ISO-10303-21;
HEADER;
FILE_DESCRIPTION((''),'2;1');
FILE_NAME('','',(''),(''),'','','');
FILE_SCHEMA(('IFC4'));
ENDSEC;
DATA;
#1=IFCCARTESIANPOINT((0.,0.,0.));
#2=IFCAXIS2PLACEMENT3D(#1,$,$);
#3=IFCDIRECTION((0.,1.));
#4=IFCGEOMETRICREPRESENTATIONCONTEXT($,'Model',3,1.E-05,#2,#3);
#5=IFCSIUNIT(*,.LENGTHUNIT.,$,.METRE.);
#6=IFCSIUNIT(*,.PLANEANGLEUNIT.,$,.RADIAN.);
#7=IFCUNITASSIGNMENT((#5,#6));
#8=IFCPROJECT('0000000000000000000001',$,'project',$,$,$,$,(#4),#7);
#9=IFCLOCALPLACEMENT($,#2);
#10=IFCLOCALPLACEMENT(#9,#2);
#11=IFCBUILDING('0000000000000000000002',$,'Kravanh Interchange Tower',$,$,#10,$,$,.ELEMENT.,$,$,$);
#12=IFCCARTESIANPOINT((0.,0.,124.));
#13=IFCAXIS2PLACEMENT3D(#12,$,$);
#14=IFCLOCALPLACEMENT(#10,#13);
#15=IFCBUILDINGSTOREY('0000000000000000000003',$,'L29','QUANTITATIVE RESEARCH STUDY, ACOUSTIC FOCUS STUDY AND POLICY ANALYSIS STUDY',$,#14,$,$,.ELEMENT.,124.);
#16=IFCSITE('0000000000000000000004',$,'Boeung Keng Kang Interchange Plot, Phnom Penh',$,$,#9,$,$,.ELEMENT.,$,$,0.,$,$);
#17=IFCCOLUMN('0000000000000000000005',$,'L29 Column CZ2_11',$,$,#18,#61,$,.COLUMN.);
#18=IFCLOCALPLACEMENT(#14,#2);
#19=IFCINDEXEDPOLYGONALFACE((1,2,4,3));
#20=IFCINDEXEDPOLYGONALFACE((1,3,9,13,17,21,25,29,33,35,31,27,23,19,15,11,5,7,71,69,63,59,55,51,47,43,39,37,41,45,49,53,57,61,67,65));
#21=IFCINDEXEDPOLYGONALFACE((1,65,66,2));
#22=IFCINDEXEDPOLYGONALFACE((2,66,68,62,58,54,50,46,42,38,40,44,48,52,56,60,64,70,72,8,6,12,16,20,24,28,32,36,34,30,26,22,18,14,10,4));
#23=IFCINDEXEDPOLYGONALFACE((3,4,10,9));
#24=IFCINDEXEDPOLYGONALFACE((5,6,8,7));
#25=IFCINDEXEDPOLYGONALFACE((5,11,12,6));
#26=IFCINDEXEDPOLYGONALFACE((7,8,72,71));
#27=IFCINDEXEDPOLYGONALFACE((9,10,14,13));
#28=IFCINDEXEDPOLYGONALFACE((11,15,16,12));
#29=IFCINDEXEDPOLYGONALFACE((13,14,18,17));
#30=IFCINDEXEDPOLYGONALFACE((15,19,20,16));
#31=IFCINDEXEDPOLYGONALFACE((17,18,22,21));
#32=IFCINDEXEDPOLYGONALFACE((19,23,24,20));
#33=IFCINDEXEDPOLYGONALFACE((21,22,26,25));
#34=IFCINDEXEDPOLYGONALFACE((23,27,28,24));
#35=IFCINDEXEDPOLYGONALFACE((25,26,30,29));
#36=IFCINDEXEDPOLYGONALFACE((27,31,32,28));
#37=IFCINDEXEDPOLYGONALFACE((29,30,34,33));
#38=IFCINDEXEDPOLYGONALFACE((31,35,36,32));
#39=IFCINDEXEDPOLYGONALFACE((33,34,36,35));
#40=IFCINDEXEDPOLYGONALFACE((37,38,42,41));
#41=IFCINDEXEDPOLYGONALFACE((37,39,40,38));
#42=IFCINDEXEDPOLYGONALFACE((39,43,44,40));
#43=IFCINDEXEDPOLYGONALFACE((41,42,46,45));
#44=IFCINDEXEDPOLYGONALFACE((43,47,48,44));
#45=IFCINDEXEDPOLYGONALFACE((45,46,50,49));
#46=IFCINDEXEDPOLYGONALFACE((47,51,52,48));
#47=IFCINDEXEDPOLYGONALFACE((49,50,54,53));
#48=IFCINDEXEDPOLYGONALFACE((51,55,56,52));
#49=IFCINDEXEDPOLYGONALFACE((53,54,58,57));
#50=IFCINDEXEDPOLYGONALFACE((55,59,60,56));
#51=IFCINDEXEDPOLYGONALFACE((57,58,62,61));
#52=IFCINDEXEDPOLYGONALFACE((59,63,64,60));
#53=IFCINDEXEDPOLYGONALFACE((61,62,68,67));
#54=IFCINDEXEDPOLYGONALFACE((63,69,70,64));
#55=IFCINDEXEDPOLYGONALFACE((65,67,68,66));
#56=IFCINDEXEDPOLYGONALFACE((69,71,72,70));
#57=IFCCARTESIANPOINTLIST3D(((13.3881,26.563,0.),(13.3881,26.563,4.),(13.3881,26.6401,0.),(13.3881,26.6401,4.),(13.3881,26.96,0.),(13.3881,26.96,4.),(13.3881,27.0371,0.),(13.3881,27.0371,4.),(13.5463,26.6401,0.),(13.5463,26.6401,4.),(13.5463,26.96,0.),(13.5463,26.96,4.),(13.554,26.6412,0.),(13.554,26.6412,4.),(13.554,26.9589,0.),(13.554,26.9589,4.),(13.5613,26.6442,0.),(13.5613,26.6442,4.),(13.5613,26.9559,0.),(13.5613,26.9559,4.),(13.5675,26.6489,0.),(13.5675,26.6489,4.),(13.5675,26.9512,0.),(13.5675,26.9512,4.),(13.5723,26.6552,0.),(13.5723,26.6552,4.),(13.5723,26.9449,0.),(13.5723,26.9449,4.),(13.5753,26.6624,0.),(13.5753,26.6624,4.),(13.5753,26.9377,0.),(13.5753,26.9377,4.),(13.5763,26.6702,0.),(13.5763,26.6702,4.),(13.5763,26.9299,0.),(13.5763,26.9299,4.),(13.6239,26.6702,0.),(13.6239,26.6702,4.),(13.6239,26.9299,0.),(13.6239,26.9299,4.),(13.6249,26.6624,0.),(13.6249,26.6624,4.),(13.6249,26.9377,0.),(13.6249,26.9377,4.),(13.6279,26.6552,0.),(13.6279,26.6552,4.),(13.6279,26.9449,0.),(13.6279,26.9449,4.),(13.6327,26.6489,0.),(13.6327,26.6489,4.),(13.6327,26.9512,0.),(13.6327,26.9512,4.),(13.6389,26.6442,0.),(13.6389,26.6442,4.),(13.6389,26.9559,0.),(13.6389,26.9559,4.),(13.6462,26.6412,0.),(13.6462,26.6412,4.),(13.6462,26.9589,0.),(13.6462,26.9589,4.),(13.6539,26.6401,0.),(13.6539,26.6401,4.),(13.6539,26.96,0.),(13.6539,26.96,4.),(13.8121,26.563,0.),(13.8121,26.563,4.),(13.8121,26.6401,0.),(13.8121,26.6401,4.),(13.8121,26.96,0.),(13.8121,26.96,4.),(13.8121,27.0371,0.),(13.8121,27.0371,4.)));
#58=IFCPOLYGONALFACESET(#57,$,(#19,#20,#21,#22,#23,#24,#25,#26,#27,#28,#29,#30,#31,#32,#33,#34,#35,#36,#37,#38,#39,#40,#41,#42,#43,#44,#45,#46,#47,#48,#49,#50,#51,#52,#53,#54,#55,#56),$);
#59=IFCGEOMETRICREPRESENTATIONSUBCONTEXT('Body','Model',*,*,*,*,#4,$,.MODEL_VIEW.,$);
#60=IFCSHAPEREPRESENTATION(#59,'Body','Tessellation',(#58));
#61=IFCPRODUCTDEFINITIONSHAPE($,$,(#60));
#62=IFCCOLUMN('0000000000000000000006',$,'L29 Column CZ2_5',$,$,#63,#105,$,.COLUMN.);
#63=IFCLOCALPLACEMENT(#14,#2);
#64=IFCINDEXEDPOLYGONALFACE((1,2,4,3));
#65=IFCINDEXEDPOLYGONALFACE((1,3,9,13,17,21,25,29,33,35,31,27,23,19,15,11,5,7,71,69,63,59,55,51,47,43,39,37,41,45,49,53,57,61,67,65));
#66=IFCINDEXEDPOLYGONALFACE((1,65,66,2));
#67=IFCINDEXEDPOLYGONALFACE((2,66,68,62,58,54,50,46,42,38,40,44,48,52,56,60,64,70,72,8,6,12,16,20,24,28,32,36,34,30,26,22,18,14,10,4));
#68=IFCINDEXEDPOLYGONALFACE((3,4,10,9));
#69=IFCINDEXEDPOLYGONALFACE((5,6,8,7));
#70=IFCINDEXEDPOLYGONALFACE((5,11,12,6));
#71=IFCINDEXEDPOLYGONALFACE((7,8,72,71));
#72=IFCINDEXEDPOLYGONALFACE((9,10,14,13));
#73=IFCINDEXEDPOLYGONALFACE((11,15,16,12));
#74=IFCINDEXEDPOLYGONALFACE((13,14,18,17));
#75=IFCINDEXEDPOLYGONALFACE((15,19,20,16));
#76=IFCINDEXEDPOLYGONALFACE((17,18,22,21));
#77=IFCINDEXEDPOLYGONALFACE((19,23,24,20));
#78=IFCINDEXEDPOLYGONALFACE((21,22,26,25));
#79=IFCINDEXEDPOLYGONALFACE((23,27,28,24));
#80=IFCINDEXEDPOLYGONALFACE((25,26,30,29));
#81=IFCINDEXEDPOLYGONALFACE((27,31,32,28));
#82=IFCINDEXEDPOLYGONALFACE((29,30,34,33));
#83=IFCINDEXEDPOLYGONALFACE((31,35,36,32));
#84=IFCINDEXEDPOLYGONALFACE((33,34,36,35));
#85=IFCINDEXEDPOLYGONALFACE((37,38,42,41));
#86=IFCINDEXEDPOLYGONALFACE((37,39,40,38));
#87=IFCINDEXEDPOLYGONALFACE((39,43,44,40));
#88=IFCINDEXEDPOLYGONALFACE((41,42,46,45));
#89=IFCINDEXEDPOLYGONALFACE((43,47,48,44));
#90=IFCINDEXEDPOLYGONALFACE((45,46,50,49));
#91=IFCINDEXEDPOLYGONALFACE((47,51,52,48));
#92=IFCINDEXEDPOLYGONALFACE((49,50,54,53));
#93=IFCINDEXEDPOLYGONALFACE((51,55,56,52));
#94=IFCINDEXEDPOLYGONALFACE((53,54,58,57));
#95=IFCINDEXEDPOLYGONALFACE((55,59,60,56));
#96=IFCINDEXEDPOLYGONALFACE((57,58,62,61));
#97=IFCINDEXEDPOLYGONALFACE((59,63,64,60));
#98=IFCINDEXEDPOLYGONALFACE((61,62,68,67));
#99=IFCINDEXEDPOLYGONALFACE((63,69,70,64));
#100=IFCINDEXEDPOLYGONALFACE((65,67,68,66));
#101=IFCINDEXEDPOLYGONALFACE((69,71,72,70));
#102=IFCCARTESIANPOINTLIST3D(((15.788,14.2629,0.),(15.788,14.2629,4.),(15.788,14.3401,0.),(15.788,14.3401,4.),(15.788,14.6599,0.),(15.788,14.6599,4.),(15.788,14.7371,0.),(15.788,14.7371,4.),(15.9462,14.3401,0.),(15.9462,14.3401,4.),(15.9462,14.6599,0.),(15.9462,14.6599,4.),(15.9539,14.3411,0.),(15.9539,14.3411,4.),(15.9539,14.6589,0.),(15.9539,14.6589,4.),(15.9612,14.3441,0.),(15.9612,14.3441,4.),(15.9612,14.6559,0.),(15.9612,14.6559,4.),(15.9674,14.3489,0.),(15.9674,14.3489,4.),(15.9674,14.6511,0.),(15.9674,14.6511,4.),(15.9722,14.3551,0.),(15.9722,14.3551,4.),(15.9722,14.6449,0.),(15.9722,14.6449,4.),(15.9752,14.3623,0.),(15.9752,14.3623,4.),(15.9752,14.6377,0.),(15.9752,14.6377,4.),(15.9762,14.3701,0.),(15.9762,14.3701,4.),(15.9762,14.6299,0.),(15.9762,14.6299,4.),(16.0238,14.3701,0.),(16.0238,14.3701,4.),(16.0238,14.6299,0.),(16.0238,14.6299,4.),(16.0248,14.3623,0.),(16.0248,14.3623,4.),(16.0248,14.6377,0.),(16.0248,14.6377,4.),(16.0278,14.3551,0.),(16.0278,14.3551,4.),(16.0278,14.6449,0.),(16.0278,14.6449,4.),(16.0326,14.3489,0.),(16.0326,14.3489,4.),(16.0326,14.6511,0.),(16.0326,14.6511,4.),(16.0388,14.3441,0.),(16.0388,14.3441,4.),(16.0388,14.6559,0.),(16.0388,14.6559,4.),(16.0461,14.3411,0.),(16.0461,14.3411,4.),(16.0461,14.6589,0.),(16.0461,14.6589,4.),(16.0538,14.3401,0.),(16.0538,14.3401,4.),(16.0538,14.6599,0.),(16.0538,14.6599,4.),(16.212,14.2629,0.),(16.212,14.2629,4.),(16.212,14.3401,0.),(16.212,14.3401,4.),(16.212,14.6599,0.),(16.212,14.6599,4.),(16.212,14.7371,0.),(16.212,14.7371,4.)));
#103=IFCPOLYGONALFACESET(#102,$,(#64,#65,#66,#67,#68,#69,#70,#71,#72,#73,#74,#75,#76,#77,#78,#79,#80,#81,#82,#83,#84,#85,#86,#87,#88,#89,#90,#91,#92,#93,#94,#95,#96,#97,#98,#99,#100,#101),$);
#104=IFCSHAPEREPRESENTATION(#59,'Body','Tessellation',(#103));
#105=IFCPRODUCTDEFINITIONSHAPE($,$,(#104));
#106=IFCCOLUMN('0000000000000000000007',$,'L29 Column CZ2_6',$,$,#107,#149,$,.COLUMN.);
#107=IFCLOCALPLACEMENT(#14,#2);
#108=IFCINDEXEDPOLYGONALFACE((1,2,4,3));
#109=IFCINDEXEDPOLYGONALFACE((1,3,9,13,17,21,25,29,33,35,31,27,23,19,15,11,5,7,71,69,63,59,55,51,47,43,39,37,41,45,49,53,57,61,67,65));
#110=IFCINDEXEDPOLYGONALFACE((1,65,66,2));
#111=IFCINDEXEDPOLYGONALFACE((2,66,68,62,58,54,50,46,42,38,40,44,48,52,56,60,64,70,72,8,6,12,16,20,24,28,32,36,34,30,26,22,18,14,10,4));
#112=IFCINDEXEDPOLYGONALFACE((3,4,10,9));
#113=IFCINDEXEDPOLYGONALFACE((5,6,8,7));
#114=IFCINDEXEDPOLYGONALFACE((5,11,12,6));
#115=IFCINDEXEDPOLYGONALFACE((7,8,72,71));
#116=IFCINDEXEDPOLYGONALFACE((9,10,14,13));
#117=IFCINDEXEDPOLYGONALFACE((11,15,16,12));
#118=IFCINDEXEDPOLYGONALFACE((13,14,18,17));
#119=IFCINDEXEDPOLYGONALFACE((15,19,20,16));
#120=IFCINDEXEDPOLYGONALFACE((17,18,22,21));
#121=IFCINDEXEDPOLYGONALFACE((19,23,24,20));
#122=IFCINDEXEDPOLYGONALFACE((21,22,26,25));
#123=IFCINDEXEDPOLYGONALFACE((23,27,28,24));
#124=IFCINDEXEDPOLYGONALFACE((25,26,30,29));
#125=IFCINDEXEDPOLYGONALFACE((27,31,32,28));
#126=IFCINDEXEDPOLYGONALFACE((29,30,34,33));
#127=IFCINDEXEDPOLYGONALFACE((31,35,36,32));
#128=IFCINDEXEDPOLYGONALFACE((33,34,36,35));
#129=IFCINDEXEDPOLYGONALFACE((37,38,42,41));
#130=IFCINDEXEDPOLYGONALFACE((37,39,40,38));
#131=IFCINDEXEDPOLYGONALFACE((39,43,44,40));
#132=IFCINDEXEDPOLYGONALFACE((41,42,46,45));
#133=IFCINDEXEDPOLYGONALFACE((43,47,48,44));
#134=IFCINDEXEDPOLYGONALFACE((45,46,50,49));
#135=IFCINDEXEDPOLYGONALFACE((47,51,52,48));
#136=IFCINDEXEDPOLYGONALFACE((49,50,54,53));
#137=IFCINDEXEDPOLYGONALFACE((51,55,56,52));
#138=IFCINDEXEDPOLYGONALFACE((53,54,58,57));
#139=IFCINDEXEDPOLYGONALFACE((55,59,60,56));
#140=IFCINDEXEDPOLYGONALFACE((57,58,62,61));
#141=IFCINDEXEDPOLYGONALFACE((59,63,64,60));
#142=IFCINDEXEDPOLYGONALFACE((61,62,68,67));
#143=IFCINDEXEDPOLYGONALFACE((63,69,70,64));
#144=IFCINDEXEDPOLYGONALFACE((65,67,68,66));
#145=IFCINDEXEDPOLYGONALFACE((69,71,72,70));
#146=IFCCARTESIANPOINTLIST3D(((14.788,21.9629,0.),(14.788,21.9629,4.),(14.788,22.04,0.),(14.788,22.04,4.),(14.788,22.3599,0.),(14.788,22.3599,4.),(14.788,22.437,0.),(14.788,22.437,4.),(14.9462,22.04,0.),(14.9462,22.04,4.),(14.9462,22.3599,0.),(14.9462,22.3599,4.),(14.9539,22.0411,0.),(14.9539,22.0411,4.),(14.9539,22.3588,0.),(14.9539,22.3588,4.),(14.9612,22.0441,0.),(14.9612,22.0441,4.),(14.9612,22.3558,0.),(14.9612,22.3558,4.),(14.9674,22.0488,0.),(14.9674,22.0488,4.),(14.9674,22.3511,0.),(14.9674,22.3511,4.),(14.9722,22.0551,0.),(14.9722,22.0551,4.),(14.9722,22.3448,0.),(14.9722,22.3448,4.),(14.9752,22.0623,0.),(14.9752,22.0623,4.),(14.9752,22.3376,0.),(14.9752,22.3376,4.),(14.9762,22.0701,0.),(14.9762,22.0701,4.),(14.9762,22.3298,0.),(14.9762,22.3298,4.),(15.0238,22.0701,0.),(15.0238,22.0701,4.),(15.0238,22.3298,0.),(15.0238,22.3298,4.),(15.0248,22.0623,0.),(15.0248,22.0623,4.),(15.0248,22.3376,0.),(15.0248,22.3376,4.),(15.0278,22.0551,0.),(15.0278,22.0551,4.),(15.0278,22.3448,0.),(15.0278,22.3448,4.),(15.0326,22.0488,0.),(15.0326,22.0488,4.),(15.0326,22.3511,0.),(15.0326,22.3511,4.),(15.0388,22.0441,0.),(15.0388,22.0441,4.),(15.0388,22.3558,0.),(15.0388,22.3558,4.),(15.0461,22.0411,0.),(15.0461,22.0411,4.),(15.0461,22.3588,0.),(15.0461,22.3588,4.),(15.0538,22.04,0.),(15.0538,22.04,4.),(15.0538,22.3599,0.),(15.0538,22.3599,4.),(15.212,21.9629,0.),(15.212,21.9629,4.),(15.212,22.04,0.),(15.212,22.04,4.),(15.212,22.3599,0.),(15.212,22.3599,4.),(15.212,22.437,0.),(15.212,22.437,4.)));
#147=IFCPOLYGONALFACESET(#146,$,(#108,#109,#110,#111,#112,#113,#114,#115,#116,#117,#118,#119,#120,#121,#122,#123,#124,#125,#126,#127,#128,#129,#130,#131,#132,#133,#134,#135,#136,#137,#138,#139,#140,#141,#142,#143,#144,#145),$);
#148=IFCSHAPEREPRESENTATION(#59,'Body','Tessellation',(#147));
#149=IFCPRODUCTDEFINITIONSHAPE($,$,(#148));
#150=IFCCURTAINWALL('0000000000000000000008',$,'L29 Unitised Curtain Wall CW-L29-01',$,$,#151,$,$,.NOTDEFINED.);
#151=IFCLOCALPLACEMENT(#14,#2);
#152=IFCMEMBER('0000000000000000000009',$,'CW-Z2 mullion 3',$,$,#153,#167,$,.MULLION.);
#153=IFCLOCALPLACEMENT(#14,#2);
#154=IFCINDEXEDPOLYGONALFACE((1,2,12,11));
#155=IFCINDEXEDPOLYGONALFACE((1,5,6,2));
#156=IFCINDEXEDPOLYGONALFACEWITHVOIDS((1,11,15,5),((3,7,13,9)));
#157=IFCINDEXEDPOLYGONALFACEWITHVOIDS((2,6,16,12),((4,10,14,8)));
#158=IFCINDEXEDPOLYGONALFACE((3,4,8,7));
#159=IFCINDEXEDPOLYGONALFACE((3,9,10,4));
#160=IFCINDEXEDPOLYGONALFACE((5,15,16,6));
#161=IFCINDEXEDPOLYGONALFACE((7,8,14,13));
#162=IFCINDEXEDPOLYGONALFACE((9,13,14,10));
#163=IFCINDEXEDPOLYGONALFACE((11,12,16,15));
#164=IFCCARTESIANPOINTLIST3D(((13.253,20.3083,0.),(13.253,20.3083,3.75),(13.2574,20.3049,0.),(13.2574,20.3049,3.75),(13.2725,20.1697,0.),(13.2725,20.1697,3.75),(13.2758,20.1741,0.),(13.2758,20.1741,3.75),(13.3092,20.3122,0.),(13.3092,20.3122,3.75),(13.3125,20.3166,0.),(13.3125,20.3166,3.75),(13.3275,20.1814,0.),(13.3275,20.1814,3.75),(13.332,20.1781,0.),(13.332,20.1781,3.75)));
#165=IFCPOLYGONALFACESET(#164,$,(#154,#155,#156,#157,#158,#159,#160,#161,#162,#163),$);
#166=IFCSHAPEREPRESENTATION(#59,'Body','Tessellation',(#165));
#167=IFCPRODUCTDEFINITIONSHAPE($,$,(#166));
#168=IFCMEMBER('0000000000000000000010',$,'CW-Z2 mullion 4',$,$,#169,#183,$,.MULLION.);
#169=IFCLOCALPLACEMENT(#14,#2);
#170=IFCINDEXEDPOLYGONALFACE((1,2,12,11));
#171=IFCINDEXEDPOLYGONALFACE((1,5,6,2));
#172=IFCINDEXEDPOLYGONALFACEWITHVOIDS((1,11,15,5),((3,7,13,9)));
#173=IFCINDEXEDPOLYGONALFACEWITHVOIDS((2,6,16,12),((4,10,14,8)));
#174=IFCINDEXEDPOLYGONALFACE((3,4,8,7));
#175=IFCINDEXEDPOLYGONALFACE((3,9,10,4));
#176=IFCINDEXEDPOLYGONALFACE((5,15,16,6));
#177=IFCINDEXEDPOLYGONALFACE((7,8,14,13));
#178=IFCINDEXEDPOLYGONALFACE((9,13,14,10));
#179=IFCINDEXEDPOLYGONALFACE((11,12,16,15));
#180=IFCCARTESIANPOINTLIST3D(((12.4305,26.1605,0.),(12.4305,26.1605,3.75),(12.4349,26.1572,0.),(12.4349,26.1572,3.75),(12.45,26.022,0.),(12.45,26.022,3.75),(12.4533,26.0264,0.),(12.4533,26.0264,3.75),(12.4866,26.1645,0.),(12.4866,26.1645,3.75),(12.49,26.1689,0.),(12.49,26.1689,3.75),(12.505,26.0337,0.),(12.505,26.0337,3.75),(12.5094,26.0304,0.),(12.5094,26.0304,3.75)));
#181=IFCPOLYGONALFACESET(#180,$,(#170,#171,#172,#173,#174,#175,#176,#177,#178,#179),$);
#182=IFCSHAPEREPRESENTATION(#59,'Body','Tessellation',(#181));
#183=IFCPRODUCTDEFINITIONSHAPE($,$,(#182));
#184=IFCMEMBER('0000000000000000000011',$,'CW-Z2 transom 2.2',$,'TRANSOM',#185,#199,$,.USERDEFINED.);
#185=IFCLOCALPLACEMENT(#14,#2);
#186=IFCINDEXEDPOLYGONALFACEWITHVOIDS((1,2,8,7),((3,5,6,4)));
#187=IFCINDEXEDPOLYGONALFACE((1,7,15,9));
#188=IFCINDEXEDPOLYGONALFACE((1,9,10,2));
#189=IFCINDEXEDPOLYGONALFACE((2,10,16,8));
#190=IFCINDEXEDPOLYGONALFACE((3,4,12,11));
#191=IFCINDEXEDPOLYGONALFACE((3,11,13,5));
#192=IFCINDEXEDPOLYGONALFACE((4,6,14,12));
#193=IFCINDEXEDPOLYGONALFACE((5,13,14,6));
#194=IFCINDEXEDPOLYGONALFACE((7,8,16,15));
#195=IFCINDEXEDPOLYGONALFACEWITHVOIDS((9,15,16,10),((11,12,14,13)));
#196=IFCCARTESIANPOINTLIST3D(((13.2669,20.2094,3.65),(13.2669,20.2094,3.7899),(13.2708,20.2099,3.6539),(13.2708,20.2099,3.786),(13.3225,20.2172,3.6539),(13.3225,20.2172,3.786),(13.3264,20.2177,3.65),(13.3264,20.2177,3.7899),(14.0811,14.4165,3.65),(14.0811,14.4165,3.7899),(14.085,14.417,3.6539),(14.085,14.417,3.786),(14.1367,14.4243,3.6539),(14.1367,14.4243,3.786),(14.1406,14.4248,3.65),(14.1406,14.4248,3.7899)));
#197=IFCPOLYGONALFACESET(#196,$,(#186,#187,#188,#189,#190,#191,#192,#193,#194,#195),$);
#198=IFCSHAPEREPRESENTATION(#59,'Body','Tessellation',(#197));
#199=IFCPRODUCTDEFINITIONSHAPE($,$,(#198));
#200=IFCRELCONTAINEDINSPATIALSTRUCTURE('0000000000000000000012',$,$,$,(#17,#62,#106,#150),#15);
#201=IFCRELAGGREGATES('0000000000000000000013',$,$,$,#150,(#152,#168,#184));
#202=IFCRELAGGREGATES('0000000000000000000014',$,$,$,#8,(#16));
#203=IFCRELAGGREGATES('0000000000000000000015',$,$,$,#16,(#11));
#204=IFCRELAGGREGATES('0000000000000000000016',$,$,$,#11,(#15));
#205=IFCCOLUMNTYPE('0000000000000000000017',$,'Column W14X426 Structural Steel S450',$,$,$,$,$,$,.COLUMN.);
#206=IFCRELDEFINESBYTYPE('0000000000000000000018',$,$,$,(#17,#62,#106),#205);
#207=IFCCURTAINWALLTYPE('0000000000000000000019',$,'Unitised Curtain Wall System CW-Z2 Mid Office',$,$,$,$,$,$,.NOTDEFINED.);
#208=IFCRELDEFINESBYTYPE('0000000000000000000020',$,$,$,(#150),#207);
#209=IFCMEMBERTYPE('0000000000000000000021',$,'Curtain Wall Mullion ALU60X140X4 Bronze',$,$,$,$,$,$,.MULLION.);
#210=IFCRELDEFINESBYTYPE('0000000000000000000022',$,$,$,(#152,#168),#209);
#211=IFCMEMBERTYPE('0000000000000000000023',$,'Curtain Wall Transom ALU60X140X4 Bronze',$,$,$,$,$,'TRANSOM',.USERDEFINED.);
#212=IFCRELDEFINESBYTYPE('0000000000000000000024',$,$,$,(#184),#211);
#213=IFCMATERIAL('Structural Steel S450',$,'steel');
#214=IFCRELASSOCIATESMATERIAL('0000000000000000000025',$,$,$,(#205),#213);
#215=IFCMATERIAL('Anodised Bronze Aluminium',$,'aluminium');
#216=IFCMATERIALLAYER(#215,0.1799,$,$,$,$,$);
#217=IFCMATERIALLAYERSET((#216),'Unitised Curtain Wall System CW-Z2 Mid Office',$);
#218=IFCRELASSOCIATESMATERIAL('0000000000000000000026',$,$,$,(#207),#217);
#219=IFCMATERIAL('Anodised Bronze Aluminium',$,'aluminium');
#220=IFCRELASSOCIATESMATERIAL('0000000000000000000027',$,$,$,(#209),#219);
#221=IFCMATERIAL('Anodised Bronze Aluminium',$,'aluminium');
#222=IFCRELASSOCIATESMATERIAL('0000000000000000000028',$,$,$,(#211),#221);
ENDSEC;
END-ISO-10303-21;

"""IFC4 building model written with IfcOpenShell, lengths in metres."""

from ifc_helpers import new_model, si_unit, direction, frame, origin, origin_2d, place, context, subcontext, project, spatial, hollow_rectangle, i_section, extrude, material, layer, layer_set, material_profile, profile_set, type_object, element, aggregate, save


model = new_model("IFC4")

# Units and contexts
model_context = context("Model", 3, precision=1e-05, world=origin(), true_north=direction((0.0, 1.0)))
body_context = subcontext(model_context, "Body", "Model", "MODEL_VIEW")
ifc_project = project(units=[si_unit("LENGTHUNIT", "METRE"), si_unit("PLANEANGLEUNIT", "RADIAN")], contexts=[model_context])

# Site, building, storey
site_placement = place(None, origin())
site = spatial("IfcSite", under=ifc_project, at=site_placement, Name="Boeung Keng Kang Interchange Plot, Phnom Penh", CompositionType="ELEMENT", RefElevation=0.0)
building_placement = place(site_placement, origin())
building = spatial("IfcBuilding", under=site, at=building_placement, Name="Kravanh Interchange Tower", CompositionType="ELEMENT")
storey_placement = place(building_placement, frame((0.0, 0.0, 124.0)))
storey = spatial("IfcBuildingStorey", under=building, at=storey_placement, Name="L29", Description="QUANTITATIVE RESEARCH STUDY, ACOUSTIC FOCUS STUDY AND POLICY ANALYSIS STUDY", CompositionType="ELEMENT", Elevation=124.0)

# Columns
ifc_material_1 = material(Name="Structural Steel S450", Category="steel")
ifc_material_profile_1 = material_profile(ifc_material_1, i_section(OverallWidth=0.4241, OverallDepth=0.4741, WebThickness=0.0476, FlangeThickness=0.0771, FilletRadius=0.03, at=origin_2d()), Name="W14X426")
ifc_profile_set_1 = profile_set([ifc_material_profile_1], Name="Structural Steel S450")
column_type = type_object("IfcColumnType", Name="Column W14X426 Structural Steel S450", PredefinedType="COLUMN", material=ifc_profile_set_1)
for number, where, z_axis, x_axis, name in (
    (1, (13.6001, 26.8, 0.0), (0.0, 0.0, 1.0), (1.0, 0.0, 0.0), "L29 Column CZ2_11"),
    (2, (16.0, 14.5, 0.0), (0.0, 0.0, 1.0), (1.0, 0.0, 0.0), "L29 Column CZ2_5"),
    (3, (15.0, 22.2, 0.0), (0.0, 0.0, 1.0), (1.0, 0.0, 0.0), "L29 Column CZ2_6"),
):
    element("IfcColumn", number, at=place(storey_placement, frame(where, z_axis=z_axis, x_axis=x_axis)), inside=storey, type_object=column_type, Name=name, PredefinedType="COLUMN", context=body_context, shape_type="SweptSolid", body=[
        extrude(i_section(OverallWidth=0.4241, OverallDepth=0.4741, WebThickness=0.0476, FlangeThickness=0.0771, FilletRadius=0.03, at=origin_2d()), origin(), (0.0, 0.0, 1.0), 4.0),
    ])

# Curtain wall, members
ifc_material_2 = material(Name="Anodised Bronze Aluminium", Category="aluminium")
ifc_layer_1 = layer(ifc_material_2, 0.1799)
ifc_layer_set_1 = layer_set([ifc_layer_1], Name="Unitised Curtain Wall System CW-Z2 Mid Office")
curtain_wall_type = type_object("IfcCurtainWallType", Name="Unitised Curtain Wall System CW-Z2 Mid Office", PredefinedType="NOTDEFINED", material=ifc_layer_set_1)
curtain_wall_placement = place(storey_placement, origin())
curtain_wall = element("IfcCurtainWall", 4, at=curtain_wall_placement, inside=storey, type_object=curtain_wall_type, Name="L29 Unitised Curtain Wall CW-L29-01", PredefinedType="NOTDEFINED")
ifc_material_3 = material(Name="Anodised Bronze Aluminium", Category="aluminium")
ifc_material_profile_2 = material_profile(ifc_material_3, hollow_rectangle(XDim=0.0601, YDim=0.1399, WallThickness=0.0039, at=origin_2d()), Name="ALU60X140X4")
ifc_profile_set_2 = profile_set([ifc_material_profile_2], Name="Anodised Bronze Aluminium")
member_type_1 = type_object("IfcMemberType", Name="Curtain Wall Mullion ALU60X140X4 Bronze", PredefinedType="MULLION", material=ifc_profile_set_2)
member_1_placement = place(storey_placement, frame((13.2925, 20.2432, 0.0), z_axis=(0.0, 0.0, 1.0), x_axis=(-0.990268, -0.139173, 0.0)))
member_1 = element("IfcMember", 5, at=member_1_placement, type_object=member_type_1, Name="CW-Z2 mullion 3", PredefinedType="MULLION", context=body_context, shape_type="SweptSolid", body=[
    extrude(hollow_rectangle(XDim=0.0601, YDim=0.1399, WallThickness=0.0039, at=origin_2d()), origin(), (0.0, 0.0, 1.0), 3.75),
])
member_2_placement = place(storey_placement, frame((12.47, 26.0955, 0.0), z_axis=(0.0, 0.0, 1.0), x_axis=(-0.990268, -0.139173, 0.0)))
member_2 = element("IfcMember", 6, at=member_2_placement, type_object=member_type_1, Name="CW-Z2 mullion 4", PredefinedType="MULLION", context=body_context, shape_type="SweptSolid", body=[
    extrude(hollow_rectangle(XDim=0.0601, YDim=0.1399, WallThickness=0.0039, at=origin_2d()), origin(), (0.0, 0.0, 1.0), 3.75),
])
ifc_material_4 = material(Name="Anodised Bronze Aluminium", Category="aluminium")
ifc_material_profile_3 = material_profile(ifc_material_4, hollow_rectangle(XDim=0.0601, YDim=0.1399, WallThickness=0.0039, at=origin_2d()), Name="ALU60X140X4")
ifc_profile_set_3 = profile_set([ifc_material_profile_3], Name="Anodised Bronze Aluminium")
member_type_2 = type_object("IfcMemberType", Name="Curtain Wall Transom ALU60X140X4 Bronze", ElementType="TRANSOM", PredefinedType="USERDEFINED", material=ifc_profile_set_3)
member_3_placement = place(storey_placement, frame((14.1108, 14.4207, 3.72), z_axis=(-0.139183, 0.990267, 0.0), x_axis=(-0.990267, -0.139183, 0.0)))
member_3 = element("IfcMember", 7, at=member_3_placement, type_object=member_type_2, Name="CW-Z2 transom 2.2", ObjectType="TRANSOM", PredefinedType="USERDEFINED", context=body_context, shape_type="SweptSolid", body=[
    extrude(hollow_rectangle(XDim=0.0601, YDim=0.1399, WallThickness=0.0039, at=origin_2d()), origin(), (0.0, 0.0, 1.0), 5.8499),
])

aggregate(curtain_wall, [member_1, member_2, member_3])

save(model, "model.ifc")
